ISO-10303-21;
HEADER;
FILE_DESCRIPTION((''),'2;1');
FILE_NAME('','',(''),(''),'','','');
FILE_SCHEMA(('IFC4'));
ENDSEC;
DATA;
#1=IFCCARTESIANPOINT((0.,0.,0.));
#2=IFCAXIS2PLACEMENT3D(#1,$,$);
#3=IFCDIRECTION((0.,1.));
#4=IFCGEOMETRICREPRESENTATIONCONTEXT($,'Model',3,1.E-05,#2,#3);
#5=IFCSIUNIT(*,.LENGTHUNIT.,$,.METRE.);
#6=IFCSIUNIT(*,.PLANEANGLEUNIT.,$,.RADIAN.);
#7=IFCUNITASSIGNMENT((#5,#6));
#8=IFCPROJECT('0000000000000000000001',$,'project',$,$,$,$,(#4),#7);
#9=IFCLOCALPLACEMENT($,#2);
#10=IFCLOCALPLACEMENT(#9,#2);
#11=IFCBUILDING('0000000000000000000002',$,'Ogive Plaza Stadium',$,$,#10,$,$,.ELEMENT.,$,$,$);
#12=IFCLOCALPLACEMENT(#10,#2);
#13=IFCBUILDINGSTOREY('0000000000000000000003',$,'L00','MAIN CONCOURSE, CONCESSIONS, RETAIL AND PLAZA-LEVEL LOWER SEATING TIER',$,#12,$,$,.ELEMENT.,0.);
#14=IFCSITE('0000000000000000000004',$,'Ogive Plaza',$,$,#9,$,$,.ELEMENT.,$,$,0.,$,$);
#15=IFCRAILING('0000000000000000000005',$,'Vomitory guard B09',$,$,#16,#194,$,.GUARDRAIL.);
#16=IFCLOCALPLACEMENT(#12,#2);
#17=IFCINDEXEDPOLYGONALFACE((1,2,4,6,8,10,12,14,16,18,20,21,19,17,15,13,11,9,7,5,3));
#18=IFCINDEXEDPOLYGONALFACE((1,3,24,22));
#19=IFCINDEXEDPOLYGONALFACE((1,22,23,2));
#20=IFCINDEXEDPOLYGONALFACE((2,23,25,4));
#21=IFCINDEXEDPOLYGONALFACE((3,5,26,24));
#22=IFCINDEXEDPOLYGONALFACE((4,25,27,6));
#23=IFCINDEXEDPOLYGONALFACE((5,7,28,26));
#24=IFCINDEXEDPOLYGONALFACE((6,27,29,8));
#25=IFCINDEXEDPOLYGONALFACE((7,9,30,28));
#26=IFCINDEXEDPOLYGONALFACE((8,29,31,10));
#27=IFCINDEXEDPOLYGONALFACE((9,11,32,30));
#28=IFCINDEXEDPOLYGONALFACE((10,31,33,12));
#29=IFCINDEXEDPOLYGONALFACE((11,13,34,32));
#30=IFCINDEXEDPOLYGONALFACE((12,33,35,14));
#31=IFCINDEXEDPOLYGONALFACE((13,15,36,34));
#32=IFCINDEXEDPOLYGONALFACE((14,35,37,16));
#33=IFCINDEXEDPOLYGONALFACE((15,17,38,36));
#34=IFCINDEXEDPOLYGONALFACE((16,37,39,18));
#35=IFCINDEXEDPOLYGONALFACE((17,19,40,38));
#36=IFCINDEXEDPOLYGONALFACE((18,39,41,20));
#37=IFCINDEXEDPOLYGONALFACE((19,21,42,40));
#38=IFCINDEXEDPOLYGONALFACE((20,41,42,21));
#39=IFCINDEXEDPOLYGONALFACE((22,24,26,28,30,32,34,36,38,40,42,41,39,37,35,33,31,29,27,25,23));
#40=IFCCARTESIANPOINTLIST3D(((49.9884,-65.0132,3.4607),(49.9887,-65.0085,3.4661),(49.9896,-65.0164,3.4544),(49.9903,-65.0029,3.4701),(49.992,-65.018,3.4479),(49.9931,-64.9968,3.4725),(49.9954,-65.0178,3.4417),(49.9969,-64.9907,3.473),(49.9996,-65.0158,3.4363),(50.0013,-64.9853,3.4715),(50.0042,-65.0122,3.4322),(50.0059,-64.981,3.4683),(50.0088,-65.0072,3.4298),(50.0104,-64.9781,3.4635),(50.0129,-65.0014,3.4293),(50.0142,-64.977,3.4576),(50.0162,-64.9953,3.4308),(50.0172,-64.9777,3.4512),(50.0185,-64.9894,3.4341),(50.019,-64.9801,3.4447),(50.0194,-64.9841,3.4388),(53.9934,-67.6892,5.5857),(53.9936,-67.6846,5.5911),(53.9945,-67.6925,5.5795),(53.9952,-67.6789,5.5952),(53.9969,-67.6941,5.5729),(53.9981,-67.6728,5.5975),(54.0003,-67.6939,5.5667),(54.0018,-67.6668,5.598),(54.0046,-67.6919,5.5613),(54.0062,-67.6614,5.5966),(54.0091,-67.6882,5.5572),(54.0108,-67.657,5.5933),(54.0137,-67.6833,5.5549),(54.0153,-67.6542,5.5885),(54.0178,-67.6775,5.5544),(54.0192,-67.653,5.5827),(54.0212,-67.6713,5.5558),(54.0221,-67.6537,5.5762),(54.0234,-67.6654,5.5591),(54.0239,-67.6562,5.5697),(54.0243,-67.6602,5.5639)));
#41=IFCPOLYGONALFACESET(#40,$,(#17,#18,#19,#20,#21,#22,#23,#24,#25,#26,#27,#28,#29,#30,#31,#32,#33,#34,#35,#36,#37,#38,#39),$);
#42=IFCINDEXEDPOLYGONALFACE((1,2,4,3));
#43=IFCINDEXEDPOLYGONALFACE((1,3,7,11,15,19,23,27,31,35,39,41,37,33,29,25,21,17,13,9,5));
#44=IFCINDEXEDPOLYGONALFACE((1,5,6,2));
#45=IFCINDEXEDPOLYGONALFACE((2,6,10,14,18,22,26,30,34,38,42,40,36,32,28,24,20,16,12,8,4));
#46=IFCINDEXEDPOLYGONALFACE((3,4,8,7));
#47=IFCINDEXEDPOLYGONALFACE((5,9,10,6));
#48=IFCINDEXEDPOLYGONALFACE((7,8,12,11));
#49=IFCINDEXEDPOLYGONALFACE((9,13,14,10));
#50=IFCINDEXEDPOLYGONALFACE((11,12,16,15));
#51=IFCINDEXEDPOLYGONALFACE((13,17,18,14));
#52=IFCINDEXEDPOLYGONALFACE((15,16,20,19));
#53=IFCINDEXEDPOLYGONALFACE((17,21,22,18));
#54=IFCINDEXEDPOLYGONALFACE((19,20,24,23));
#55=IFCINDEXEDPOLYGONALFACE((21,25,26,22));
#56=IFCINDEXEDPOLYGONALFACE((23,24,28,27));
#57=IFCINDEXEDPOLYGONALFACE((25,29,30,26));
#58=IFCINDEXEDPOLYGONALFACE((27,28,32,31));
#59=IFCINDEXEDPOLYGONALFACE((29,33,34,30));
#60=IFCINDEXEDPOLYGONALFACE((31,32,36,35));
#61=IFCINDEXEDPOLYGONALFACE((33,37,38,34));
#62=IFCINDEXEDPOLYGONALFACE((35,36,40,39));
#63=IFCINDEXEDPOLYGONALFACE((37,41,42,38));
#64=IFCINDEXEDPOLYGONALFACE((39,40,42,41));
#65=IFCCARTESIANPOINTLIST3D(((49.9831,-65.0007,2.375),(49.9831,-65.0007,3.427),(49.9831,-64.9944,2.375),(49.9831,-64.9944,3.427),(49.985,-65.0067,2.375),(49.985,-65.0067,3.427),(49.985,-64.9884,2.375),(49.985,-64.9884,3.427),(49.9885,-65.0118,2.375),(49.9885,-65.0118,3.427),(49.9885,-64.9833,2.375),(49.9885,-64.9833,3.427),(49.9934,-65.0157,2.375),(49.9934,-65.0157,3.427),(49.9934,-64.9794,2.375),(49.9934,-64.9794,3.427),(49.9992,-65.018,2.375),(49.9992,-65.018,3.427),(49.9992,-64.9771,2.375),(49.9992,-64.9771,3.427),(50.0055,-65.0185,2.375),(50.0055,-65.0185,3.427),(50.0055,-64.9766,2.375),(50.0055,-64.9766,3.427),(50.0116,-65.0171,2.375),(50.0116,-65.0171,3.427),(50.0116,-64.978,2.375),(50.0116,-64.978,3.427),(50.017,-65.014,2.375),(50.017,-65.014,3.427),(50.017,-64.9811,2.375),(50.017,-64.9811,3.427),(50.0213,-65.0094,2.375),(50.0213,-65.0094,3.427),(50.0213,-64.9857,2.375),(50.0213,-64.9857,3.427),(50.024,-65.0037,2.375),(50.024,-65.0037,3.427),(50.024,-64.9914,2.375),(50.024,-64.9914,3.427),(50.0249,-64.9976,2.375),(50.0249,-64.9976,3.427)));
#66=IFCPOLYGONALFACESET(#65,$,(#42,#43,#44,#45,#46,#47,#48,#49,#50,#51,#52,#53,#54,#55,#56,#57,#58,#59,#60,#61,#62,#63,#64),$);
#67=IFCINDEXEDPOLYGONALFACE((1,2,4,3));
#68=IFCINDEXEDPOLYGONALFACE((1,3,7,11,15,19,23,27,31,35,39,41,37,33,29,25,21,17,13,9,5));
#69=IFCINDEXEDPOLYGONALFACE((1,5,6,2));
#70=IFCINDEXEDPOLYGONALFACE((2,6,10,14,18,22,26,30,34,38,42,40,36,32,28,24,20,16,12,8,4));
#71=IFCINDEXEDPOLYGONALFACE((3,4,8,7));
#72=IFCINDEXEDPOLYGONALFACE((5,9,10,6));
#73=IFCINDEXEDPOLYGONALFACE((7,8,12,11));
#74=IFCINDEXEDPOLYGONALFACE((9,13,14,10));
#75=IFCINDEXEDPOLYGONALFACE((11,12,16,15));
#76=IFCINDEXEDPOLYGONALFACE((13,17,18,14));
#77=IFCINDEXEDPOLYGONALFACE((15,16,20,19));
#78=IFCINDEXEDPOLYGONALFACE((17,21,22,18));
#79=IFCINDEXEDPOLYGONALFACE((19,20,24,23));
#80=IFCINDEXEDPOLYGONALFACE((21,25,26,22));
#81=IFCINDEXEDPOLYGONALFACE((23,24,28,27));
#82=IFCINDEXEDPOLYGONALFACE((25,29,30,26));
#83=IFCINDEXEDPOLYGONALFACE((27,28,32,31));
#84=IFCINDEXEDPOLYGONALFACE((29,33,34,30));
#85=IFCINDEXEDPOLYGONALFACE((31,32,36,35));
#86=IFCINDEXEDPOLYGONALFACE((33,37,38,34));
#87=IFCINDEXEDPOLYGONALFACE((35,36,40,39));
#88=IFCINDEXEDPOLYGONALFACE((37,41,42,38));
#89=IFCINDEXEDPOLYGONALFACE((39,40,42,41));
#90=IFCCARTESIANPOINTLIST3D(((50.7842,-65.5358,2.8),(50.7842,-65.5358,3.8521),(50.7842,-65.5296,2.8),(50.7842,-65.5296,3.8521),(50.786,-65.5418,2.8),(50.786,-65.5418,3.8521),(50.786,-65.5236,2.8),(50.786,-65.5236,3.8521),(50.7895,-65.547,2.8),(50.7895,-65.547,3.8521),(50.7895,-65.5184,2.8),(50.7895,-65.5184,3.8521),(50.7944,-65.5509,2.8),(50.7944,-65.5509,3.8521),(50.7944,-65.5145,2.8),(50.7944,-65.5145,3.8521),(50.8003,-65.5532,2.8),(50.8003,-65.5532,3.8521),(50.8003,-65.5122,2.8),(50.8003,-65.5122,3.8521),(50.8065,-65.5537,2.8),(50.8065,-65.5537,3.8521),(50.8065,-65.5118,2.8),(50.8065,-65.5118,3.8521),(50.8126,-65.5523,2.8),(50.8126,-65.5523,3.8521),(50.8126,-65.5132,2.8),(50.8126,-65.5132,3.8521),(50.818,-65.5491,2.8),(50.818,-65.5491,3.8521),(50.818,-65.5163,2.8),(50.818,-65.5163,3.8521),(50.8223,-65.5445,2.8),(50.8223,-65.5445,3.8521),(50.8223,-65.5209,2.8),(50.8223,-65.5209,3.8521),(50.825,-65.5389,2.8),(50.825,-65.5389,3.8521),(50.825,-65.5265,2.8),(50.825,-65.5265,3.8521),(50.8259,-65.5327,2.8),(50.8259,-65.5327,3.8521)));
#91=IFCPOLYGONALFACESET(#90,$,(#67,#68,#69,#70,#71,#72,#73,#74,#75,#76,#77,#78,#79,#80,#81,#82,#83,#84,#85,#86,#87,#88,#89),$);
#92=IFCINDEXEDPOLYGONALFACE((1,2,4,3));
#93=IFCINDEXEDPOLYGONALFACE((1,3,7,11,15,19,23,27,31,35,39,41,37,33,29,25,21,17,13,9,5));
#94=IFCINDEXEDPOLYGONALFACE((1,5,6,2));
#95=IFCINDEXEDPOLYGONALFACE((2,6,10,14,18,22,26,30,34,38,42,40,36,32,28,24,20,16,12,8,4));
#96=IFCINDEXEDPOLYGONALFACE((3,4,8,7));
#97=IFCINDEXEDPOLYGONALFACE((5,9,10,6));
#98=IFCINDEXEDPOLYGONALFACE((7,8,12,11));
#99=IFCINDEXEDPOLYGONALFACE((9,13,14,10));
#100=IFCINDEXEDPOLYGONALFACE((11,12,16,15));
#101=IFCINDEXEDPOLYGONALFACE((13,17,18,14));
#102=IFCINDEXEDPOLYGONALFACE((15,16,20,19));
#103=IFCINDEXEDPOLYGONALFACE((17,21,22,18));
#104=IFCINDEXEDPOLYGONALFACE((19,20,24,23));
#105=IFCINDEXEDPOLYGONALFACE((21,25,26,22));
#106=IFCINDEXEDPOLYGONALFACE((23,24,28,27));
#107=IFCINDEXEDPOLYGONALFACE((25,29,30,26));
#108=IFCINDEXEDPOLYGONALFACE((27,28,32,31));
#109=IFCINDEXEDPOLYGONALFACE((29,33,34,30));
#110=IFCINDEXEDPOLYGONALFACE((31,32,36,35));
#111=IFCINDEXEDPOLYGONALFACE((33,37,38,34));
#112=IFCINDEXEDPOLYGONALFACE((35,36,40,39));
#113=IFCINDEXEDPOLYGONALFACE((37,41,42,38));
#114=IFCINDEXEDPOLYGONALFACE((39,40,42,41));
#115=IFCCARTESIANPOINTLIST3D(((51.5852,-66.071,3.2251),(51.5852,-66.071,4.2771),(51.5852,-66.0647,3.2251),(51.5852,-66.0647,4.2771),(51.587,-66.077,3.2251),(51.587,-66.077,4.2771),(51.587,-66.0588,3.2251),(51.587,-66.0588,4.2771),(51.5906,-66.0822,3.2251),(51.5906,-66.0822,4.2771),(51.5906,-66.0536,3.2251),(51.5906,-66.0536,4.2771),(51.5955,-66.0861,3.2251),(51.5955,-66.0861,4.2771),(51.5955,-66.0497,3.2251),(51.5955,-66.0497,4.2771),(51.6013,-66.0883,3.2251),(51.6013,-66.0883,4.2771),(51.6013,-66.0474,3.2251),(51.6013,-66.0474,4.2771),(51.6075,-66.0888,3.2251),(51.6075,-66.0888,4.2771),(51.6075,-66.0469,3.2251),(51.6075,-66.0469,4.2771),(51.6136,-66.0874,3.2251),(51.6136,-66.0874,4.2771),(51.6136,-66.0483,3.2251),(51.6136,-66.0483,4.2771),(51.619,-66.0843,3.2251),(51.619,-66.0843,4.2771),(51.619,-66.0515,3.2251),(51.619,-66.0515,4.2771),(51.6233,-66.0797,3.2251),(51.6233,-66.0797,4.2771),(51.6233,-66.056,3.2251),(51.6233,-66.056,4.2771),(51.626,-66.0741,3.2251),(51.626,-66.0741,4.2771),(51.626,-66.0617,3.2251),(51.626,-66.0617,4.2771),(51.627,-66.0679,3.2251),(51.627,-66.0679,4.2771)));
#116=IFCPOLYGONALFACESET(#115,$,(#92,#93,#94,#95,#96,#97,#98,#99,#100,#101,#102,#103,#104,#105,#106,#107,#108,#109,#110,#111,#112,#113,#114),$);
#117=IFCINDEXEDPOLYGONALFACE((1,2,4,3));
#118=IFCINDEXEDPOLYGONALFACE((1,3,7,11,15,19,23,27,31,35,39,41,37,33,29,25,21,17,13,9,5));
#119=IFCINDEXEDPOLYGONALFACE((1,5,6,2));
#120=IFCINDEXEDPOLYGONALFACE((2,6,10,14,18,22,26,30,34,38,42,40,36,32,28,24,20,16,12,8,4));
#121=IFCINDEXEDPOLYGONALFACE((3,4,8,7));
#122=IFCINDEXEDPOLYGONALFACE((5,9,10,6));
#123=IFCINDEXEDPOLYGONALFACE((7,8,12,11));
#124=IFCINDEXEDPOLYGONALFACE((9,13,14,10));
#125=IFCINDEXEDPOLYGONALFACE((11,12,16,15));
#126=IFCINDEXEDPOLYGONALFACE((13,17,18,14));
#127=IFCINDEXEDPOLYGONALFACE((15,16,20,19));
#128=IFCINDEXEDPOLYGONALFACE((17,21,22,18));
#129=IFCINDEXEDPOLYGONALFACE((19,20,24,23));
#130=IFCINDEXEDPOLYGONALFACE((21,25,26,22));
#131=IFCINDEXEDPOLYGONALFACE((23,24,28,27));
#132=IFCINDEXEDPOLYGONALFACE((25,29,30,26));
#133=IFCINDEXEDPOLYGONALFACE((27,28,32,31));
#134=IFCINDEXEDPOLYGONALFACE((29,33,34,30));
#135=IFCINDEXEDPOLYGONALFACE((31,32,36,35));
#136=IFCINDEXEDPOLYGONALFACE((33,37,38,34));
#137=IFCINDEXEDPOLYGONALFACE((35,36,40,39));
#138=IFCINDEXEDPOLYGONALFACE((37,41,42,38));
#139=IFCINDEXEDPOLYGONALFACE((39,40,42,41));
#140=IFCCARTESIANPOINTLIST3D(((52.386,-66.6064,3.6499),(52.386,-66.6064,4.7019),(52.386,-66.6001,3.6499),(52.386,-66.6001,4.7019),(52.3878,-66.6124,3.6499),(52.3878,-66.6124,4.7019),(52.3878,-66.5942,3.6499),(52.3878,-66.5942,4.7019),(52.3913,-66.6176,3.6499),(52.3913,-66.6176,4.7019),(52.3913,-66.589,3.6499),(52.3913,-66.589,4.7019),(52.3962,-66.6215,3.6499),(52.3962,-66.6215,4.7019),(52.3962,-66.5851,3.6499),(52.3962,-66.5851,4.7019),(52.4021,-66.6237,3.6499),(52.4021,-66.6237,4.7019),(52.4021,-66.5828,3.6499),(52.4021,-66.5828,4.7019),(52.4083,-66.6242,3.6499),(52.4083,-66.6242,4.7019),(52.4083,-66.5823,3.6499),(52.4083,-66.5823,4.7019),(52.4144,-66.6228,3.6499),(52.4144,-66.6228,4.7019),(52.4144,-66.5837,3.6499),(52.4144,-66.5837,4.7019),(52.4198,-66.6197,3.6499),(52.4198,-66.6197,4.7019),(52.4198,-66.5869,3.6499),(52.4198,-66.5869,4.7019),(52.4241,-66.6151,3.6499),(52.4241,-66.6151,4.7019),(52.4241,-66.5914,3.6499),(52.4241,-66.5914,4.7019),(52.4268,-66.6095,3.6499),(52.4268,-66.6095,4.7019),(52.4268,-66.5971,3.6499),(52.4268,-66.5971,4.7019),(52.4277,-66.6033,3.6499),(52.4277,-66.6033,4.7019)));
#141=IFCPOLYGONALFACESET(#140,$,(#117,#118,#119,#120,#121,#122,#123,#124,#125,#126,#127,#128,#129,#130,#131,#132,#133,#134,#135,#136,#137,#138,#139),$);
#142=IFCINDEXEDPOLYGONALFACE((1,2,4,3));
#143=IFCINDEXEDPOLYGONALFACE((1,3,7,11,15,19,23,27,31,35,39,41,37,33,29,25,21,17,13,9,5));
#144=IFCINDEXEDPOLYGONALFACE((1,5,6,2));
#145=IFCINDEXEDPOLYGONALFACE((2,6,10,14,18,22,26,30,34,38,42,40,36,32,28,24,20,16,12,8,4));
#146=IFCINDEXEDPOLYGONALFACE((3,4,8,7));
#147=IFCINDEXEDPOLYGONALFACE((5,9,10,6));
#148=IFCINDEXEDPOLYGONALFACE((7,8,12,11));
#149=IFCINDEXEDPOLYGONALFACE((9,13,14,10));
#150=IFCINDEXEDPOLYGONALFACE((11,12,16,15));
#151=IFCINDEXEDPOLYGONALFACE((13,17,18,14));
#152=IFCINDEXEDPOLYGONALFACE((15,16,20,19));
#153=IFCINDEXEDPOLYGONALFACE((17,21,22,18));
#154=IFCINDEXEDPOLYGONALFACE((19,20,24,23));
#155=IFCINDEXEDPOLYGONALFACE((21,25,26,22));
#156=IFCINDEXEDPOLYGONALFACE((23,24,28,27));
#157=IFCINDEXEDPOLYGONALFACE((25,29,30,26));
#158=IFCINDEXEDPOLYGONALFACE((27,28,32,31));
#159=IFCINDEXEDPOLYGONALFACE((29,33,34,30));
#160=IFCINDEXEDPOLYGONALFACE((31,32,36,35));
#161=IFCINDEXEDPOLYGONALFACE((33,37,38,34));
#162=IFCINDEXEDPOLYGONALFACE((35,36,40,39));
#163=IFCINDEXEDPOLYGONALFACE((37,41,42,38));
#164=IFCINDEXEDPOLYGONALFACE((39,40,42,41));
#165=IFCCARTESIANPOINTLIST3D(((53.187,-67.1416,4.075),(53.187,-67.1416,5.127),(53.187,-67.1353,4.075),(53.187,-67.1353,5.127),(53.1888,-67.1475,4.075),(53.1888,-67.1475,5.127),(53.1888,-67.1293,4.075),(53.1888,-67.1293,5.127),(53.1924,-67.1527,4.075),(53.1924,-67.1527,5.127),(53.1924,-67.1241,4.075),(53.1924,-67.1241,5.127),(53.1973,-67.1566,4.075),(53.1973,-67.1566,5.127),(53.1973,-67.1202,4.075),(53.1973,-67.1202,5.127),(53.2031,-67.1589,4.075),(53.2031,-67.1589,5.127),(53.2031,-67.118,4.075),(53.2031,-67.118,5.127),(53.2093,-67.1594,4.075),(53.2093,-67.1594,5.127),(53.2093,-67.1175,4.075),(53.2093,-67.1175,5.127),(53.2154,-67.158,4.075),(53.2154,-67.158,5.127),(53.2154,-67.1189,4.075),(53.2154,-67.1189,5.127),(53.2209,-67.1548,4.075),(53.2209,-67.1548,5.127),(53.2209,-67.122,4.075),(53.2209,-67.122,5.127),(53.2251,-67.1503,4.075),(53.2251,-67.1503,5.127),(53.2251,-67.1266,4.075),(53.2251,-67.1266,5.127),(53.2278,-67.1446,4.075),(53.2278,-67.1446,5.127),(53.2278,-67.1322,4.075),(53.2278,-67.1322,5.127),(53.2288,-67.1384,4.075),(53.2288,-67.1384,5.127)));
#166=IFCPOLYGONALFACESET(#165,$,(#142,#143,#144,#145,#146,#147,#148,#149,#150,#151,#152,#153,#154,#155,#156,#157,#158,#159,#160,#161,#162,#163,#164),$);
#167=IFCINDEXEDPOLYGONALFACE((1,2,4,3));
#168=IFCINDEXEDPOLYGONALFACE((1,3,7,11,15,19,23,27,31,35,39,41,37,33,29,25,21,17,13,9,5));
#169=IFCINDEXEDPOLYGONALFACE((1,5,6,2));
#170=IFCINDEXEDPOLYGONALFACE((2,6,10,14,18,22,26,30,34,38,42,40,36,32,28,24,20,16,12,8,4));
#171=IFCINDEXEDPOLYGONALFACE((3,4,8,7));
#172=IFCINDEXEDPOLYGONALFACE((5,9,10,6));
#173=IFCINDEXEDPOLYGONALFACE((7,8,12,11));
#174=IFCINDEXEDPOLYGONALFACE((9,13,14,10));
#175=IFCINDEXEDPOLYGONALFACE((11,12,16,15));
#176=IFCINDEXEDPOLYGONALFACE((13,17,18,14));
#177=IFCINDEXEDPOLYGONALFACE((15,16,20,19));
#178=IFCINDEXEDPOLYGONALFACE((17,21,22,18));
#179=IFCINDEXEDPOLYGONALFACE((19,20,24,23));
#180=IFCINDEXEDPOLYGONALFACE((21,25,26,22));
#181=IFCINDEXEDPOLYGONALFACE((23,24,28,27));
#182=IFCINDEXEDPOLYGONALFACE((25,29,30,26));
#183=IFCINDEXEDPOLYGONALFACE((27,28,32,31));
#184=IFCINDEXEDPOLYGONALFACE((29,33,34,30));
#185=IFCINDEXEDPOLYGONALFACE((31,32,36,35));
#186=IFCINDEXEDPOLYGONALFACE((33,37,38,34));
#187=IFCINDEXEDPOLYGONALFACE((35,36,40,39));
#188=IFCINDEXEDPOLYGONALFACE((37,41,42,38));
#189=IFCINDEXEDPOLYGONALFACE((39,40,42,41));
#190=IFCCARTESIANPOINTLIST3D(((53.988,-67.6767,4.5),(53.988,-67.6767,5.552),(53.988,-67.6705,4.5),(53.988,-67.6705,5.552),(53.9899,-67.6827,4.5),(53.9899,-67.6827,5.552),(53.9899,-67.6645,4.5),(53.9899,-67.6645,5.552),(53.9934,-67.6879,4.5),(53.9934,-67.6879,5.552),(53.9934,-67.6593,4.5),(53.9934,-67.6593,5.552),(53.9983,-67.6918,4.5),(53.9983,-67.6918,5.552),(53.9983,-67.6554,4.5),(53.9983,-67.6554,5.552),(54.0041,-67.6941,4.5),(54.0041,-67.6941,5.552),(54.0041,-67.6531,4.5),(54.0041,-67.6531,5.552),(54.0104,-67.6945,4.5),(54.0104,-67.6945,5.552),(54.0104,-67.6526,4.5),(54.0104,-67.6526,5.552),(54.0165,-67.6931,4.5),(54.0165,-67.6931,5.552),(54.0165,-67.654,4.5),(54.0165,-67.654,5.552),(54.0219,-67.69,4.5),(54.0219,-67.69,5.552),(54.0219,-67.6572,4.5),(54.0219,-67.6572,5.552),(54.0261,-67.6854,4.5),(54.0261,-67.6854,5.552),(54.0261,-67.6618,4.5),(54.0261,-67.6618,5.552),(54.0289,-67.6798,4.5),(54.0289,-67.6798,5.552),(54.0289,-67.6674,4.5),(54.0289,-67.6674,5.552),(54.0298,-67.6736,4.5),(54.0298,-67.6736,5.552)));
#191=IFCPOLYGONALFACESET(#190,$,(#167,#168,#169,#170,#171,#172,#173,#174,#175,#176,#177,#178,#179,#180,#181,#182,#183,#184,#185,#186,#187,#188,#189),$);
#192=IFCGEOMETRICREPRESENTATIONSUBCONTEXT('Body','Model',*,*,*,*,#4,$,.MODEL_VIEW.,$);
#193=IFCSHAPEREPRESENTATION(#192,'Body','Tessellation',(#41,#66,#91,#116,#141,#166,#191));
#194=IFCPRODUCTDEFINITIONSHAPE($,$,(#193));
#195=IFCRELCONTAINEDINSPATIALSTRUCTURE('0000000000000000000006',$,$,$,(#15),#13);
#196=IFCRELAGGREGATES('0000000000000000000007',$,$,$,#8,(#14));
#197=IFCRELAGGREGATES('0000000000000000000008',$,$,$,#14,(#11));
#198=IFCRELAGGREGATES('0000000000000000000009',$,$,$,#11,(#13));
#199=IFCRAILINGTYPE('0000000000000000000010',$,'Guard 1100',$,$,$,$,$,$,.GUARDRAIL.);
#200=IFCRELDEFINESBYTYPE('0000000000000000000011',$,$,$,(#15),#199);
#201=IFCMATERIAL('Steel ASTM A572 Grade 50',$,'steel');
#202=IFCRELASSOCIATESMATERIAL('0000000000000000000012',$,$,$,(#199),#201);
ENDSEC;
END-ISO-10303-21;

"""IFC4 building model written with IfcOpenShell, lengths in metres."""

from ifc_helpers import new_model, si_unit, direction, frame, origin, origin_2d, place, context, subcontext, project, spatial, circle, extrude, material, type_object, element, save


model = new_model("IFC4")

# Units and contexts
model_context = context("Model", 3, precision=1e-05, world=origin(), true_north=direction((0.0, 1.0)))
body_context = subcontext(model_context, "Body", "Model", "MODEL_VIEW")
ifc_project = project(units=[si_unit("LENGTHUNIT", "METRE"), si_unit("PLANEANGLEUNIT", "RADIAN")], contexts=[model_context])

# Site, building, storey
site_placement = place(None, origin())
site = spatial("IfcSite", under=ifc_project, at=site_placement, Name="Ogive Plaza", CompositionType="ELEMENT", RefElevation=0.0)
building_placement = place(site_placement, origin())
building = spatial("IfcBuilding", under=site, at=building_placement, Name="Ogive Plaza Stadium", CompositionType="ELEMENT")
storey_placement = place(building_placement, origin())
storey = spatial("IfcBuildingStorey", under=building, at=storey_placement, Name="L00", Description="MAIN CONCOURSE, CONCESSIONS, RETAIL AND PLAZA-LEVEL LOWER SEATING TIER", CompositionType="ELEMENT", Elevation=0.0)

# Railing
ifc_material_1 = material(Name="Steel ASTM A572 Grade 50", Category="steel")
railing_type = type_object("IfcRailingType", Name="Guard 1100", PredefinedType="GUARDRAIL", material=ifc_material_1)
for number, where, name in (
    (1, (50.0039, -64.9976, 2.375), "Vomitory guard B09"),
):
    element("IfcRailing", number, at=place(storey_placement, frame(where)), inside=storey, type_object=railing_type, Name=name, PredefinedType="GUARDRAIL", context=body_context, shape_type="SweptSolid", body=[
        extrude(circle(Radius=0.0239, at=origin_2d()), frame((0.0, 0.0, 1.0762), z_axis=(0.760722, -0.508307, 0.403641), x_axis=(0.555577, 0.831465, 0.0)), (0.0, 0.0, 1.0), 5.2646),
        extrude(circle(Radius=0.021, at=origin_2d()), origin(), (0.0, 0.0, 1.0), 1.052),
        extrude(circle(Radius=0.021, at=origin_2d()), frame((0.801, -0.5352, 0.425)), (0.0, 0.0, 1.0), 1.052),
        extrude(circle(Radius=0.021, at=origin_2d()), frame((1.6021, -1.0703, 0.8501)), (0.0, 0.0, 1.0), 1.052),
        extrude(circle(Radius=0.021, at=origin_2d()), frame((2.4028, -1.6057, 1.2749)), (0.0, 0.0, 1.0), 1.052),
        extrude(circle(Radius=0.021, at=origin_2d()), frame((3.2039, -2.1409, 1.7)), (0.0, 0.0, 1.0), 1.052),
        extrude(circle(Radius=0.021, at=origin_2d()), frame((4.0049, -2.676, 2.125)), (0.0, 0.0, 1.0), 1.052),
    ])

save(model, "model.ifc")
